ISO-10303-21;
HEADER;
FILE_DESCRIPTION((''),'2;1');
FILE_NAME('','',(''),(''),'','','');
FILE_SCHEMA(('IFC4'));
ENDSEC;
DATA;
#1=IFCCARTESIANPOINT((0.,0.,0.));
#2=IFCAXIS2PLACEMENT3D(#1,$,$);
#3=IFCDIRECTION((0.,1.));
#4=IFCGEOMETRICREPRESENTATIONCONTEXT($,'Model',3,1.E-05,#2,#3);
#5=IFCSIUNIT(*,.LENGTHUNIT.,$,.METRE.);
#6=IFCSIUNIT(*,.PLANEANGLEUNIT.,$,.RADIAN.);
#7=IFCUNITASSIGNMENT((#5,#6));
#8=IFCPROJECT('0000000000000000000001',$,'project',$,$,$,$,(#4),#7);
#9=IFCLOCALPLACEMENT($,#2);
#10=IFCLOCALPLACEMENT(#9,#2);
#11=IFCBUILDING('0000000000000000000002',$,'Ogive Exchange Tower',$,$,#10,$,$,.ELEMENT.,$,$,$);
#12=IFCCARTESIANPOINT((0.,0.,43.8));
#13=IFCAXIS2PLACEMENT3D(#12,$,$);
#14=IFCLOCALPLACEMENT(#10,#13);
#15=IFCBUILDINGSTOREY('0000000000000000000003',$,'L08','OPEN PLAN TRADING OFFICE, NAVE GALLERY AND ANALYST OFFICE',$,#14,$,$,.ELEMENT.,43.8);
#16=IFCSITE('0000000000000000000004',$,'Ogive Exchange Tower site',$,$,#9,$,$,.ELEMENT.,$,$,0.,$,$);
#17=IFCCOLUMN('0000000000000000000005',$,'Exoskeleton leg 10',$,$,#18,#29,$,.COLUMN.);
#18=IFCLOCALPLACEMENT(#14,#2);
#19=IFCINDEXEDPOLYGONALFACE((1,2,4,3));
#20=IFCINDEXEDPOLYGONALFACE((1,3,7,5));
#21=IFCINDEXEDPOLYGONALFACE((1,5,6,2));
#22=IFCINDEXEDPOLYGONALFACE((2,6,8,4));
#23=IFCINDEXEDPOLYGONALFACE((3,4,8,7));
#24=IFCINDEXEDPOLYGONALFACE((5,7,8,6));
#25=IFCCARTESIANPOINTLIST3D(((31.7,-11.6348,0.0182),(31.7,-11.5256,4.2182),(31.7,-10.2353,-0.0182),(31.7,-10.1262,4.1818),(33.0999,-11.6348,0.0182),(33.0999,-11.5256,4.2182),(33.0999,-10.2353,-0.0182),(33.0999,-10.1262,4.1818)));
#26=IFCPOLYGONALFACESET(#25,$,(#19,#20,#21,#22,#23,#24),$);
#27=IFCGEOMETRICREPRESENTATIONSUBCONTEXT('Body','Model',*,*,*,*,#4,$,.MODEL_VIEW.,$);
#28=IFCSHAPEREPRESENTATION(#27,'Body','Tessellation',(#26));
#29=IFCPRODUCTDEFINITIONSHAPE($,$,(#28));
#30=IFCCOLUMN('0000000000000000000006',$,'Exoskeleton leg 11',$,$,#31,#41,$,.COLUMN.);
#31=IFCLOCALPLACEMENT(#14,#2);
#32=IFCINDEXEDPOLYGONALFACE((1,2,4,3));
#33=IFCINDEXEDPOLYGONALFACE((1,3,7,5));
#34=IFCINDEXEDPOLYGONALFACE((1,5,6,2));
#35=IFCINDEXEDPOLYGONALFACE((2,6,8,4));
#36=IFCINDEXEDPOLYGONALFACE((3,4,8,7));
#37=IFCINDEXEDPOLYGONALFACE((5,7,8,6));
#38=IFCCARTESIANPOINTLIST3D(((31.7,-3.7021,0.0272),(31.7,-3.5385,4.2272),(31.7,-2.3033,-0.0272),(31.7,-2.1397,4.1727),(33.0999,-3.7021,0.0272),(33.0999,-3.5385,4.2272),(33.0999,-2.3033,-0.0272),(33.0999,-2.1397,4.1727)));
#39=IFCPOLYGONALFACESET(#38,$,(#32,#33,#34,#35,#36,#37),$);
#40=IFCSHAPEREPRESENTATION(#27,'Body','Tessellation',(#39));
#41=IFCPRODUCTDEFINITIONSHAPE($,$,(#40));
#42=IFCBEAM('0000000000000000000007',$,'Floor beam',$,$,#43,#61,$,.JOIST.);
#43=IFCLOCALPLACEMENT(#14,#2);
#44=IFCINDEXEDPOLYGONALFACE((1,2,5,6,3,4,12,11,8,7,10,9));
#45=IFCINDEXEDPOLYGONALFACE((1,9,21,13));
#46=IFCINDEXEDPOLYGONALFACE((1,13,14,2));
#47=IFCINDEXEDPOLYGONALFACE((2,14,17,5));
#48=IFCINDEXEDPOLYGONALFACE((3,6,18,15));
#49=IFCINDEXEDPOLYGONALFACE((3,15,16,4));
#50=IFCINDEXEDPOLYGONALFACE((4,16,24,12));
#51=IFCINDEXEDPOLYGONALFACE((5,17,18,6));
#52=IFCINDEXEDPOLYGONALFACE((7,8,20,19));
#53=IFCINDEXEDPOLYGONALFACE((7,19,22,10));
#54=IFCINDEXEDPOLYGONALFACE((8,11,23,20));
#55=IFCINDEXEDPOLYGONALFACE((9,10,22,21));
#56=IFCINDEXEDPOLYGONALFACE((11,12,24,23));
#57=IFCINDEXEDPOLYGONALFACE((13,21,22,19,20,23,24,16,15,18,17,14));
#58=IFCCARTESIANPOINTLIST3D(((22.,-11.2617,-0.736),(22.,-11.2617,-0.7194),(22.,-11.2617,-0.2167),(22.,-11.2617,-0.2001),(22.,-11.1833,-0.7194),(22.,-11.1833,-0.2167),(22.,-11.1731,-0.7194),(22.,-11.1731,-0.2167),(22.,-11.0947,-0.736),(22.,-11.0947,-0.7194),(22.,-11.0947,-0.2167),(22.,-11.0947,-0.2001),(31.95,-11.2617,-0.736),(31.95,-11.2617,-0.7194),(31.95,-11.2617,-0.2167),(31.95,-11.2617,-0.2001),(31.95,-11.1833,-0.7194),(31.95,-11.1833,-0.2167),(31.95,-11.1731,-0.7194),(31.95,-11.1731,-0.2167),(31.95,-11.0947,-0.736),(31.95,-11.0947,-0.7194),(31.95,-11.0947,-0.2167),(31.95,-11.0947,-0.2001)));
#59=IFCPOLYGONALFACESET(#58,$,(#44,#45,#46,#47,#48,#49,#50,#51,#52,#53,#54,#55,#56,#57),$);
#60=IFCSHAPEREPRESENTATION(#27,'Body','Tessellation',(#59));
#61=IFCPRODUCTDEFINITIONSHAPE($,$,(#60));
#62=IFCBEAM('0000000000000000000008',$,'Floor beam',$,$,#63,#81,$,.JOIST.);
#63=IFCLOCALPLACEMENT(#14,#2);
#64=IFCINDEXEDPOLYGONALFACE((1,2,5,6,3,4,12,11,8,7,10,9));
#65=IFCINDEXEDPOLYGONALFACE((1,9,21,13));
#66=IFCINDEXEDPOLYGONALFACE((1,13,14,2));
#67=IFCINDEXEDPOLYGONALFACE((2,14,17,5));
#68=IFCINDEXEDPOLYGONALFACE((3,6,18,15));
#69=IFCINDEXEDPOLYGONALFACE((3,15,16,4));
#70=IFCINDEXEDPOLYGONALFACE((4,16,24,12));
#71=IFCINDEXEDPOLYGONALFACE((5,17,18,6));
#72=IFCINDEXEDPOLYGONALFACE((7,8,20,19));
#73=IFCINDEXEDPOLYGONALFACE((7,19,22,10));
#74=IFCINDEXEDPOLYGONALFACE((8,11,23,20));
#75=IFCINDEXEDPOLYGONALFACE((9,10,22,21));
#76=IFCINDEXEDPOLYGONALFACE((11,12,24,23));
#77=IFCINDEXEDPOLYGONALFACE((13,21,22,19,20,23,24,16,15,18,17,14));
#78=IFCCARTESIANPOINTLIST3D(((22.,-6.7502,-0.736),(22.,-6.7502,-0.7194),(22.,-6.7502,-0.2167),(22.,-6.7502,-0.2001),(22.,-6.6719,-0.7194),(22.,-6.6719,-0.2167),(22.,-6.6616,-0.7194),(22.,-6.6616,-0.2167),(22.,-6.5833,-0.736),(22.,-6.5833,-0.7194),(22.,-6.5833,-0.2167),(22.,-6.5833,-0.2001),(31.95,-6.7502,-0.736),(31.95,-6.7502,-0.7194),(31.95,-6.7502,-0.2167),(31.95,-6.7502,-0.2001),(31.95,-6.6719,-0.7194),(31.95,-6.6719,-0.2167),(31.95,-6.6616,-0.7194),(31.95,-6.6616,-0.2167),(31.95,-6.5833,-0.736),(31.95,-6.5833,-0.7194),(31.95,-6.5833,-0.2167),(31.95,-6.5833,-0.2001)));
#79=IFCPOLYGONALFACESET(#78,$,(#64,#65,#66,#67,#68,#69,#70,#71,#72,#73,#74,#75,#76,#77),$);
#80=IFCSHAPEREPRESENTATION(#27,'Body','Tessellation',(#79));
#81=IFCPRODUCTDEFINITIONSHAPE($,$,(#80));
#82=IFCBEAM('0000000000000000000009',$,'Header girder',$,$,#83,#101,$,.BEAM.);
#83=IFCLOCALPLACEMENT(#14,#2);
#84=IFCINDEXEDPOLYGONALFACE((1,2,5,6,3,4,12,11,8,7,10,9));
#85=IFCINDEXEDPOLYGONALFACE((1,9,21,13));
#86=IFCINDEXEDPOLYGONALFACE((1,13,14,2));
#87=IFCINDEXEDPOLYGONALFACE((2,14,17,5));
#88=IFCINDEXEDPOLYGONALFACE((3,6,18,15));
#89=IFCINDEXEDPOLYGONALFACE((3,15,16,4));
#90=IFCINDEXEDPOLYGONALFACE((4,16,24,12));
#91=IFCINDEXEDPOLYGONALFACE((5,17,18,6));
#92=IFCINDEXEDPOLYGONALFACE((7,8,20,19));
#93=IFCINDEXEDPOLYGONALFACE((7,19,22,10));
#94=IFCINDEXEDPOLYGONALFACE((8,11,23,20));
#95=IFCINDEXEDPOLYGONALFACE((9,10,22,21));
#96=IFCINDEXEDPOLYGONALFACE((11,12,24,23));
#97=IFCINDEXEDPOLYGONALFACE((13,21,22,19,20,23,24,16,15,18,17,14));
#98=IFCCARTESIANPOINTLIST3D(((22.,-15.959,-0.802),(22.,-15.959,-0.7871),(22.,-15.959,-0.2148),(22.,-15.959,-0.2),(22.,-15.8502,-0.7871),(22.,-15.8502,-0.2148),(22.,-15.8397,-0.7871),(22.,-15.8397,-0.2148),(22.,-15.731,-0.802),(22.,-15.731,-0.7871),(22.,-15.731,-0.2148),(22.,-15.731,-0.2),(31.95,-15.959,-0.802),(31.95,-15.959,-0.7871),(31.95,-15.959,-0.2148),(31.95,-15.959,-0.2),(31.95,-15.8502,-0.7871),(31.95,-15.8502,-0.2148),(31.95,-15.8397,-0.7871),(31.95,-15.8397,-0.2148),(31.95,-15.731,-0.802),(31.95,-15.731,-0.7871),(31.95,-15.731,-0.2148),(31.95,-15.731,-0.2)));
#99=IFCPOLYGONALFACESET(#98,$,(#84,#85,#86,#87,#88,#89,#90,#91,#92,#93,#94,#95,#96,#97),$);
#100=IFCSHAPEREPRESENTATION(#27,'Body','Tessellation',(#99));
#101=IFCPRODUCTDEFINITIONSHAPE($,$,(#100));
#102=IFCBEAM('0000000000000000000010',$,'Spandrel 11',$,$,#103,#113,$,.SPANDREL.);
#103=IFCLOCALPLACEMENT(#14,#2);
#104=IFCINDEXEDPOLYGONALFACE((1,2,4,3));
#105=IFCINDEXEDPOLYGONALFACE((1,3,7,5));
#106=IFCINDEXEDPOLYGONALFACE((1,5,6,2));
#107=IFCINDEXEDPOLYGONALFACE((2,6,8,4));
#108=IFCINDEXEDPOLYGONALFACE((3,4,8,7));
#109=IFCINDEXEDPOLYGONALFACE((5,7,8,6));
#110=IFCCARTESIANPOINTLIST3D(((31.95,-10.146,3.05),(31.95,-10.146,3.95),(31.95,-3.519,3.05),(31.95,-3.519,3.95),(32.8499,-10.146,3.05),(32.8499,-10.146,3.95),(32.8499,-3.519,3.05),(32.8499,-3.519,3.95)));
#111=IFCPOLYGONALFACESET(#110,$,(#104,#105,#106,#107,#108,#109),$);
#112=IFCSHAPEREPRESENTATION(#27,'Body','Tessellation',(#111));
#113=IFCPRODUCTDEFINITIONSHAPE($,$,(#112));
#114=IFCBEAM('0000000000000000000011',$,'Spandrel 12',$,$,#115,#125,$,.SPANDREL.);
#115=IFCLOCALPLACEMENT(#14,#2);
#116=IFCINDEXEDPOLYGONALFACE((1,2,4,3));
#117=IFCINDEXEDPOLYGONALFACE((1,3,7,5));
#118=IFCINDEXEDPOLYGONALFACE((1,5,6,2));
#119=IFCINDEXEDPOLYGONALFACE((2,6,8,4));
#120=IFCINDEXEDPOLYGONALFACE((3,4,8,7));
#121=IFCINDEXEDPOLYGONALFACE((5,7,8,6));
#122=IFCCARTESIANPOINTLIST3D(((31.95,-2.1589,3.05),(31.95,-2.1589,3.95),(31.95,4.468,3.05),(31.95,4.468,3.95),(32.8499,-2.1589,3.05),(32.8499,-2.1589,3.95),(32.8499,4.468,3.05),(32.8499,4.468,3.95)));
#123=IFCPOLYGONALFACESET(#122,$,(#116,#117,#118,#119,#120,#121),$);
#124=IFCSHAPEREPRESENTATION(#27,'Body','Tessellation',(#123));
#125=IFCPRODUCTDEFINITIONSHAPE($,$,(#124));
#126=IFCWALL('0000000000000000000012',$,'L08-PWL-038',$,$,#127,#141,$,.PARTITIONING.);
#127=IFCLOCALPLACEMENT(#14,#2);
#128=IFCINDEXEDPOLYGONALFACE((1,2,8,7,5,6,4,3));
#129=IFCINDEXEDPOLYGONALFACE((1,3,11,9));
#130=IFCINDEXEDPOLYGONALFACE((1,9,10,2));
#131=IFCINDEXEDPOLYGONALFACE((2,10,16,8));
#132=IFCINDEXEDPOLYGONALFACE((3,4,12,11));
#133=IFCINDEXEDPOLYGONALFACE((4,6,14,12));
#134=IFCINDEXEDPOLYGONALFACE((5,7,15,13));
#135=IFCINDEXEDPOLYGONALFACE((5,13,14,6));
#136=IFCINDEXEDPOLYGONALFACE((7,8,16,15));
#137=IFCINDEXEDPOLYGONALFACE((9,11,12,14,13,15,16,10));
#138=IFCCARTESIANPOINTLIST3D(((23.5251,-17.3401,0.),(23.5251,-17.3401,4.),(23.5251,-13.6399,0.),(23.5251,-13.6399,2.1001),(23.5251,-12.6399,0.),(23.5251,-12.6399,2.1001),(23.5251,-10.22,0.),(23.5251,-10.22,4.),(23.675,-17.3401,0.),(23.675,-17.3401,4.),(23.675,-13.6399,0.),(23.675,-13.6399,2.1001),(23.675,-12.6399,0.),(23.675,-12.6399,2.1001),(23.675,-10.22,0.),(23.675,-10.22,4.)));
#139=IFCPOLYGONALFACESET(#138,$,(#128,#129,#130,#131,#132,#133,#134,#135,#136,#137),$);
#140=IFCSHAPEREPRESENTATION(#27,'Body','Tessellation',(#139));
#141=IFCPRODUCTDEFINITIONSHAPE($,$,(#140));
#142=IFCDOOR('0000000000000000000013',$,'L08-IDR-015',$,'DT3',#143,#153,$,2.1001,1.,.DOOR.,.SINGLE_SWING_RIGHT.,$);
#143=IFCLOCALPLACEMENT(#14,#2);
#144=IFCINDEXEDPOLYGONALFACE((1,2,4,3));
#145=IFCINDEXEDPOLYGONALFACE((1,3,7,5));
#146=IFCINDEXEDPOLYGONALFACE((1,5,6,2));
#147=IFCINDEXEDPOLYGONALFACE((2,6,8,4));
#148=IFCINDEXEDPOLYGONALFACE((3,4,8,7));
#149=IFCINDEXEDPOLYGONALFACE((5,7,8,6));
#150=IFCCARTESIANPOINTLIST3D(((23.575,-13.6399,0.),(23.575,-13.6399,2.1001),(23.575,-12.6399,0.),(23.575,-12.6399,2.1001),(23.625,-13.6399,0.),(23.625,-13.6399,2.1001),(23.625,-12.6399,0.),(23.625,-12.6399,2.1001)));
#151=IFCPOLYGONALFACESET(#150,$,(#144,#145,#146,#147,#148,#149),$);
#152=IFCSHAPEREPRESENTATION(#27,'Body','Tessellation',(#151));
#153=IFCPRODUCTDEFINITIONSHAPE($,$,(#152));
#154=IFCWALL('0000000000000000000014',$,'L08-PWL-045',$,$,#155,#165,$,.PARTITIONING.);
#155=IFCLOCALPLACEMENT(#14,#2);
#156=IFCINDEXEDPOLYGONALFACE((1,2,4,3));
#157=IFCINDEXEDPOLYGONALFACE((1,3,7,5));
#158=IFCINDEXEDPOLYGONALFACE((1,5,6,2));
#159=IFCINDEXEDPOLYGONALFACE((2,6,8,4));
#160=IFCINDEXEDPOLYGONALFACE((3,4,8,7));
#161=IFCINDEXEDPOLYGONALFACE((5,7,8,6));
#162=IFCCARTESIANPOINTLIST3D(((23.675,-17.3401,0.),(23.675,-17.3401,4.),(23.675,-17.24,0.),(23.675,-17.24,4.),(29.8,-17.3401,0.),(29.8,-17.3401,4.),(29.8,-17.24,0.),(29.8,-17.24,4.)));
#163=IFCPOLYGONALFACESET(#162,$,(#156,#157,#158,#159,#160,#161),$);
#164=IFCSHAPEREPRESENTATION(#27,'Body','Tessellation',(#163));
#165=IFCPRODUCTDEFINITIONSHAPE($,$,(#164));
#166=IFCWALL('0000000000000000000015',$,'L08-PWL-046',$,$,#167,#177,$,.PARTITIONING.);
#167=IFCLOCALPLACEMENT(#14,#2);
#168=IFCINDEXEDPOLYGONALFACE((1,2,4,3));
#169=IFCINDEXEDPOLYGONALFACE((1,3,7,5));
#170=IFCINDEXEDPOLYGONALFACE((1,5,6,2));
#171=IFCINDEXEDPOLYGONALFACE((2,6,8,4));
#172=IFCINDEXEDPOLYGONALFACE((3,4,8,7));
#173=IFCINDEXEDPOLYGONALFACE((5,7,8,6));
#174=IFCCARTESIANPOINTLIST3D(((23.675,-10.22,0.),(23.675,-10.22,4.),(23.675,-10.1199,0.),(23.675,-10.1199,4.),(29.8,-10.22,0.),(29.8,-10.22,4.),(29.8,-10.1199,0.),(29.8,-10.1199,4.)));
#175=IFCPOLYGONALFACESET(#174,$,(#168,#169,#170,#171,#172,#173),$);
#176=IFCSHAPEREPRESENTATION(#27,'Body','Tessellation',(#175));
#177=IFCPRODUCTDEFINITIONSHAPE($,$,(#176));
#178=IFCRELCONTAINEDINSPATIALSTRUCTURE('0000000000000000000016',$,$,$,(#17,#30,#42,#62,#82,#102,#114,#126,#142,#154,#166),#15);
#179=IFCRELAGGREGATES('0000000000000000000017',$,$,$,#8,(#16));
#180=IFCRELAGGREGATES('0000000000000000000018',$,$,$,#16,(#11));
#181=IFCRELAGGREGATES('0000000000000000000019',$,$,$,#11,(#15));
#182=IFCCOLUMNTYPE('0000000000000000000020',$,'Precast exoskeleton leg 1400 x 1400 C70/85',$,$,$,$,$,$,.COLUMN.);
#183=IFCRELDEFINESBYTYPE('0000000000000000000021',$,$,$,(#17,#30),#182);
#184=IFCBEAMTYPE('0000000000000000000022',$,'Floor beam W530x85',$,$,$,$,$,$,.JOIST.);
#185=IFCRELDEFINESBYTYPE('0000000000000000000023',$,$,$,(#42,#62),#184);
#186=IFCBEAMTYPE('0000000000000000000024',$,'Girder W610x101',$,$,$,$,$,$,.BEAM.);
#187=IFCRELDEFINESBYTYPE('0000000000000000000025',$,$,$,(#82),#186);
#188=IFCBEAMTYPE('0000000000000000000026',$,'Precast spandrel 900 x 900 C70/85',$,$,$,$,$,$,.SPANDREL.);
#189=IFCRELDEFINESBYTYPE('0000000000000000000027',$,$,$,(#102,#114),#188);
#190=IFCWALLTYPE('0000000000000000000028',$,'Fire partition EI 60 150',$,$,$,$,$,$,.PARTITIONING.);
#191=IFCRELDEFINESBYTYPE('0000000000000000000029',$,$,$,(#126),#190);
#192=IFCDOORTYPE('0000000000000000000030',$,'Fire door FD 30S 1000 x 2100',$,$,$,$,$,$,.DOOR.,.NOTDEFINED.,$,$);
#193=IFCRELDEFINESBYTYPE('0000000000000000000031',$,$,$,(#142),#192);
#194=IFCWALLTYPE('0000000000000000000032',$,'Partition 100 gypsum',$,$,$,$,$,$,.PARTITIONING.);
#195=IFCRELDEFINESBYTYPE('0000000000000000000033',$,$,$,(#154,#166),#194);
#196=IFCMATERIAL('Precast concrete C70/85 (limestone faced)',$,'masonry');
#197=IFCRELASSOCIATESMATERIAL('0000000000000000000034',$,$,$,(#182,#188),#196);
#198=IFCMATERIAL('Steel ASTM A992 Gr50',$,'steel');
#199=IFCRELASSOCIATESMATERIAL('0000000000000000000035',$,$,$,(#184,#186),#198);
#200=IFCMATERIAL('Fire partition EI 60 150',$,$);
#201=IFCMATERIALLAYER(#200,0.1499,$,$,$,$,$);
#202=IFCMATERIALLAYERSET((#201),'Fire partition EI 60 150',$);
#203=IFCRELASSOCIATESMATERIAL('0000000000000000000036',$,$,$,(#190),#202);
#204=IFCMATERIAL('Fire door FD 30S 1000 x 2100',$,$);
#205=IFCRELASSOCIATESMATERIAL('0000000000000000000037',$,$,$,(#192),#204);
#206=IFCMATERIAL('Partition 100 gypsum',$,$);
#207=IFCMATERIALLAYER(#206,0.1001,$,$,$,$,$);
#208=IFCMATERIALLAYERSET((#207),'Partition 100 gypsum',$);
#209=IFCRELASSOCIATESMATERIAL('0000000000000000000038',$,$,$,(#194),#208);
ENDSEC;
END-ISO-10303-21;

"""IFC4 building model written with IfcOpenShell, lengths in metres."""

from ifc_helpers import new_model, si_unit, direction, frame, frame_2d, origin, origin_2d, place, context, subcontext, project, spatial, rectangle, i_section, extrude, material, layer, layer_set, material_profile, profile_set, type_object, element, fill, save


model = new_model("IFC4")

# Units and contexts
model_context = context("Model", 3, precision=1e-05, world=origin(), true_north=direction((0.0, 1.0)))
body_context = subcontext(model_context, "Body", "Model", "MODEL_VIEW")
ifc_project = project(units=[si_unit("LENGTHUNIT", "METRE"), si_unit("PLANEANGLEUNIT", "RADIAN")], contexts=[model_context])

# Site, building, storey
site_placement = place(None, origin())
site = spatial("IfcSite", under=ifc_project, at=site_placement, Name="Ogive Exchange Tower site", CompositionType="ELEMENT", RefElevation=0.0)
building_placement = place(site_placement, origin())
building = spatial("IfcBuilding", under=site, at=building_placement, Name="Ogive Exchange Tower", CompositionType="ELEMENT")
storey_placement = place(building_placement, frame((0.0, 0.0, 43.8)))
storey = spatial("IfcBuildingStorey", under=building, at=storey_placement, Name="L08", Description="OPEN PLAN TRADING OFFICE, NAVE GALLERY AND ANALYST OFFICE", CompositionType="ELEMENT", Elevation=43.8)

# Columns
ifc_material_1 = material(Name="Precast concrete C70/85 (limestone faced)", Category="masonry")
ifc_material_profile_1 = material_profile(ifc_material_1, rectangle(XDim=1.3999, YDim=1.3999, at=origin_2d()), Name="1400 x 1400")
ifc_profile_set_1 = profile_set([ifc_material_profile_1], Name="Precast concrete C70/85 (limestone faced)")
column_type = type_object("IfcColumnType", Name="Precast exoskeleton leg 1400 x 1400 C70/85", PredefinedType="COLUMN", material=ifc_profile_set_1)
column_1_placement = place(storey_placement, frame((32.3999, -10.9351, 0.0), z_axis=(0.0, 0.025975, 0.999663), x_axis=(-1.0, 0.0, 0.0)))
element("IfcColumn", 1, at=column_1_placement, inside=storey, type_object=column_type, Name="Exoskeleton leg 10", PredefinedType="COLUMN", context=body_context, shape_type="SweptSolid", body=[
    extrude(rectangle(XDim=1.3999, YDim=1.3999, at=origin_2d()), origin(), (0.0, 0.0, 1.0), 4.2014),
])
column_2_placement = place(storey_placement, frame((32.3999, -3.0027, 0.0), z_axis=(0.0, 0.038917, 0.999242), x_axis=(-1.0, 0.0, 0.0)))
element("IfcColumn", 2, at=column_2_placement, inside=storey, type_object=column_type, Name="Exoskeleton leg 11", PredefinedType="COLUMN", context=body_context, shape_type="SweptSolid", body=[
    extrude(rectangle(XDim=1.3999, YDim=1.3999, at=origin_2d()), origin(), (0.0, 0.0, 1.0), 4.2031),
])

# Beams
ifc_material_2 = material(Name="Steel ASTM A992 Gr50", Category="steel")
ifc_material_profile_2 = material_profile(ifc_material_2, i_section(OverallWidth=0.167, OverallDepth=0.5359, WebThickness=0.0103, FlangeThickness=0.0166, at=origin_2d()), Name="W530x85")
ifc_profile_set_2 = profile_set([ifc_material_profile_2], Name="Steel ASTM A992 Gr50")
beam_type_1 = type_object("IfcBeamType", Name="Floor beam W530x85", PredefinedType="JOIST", material=ifc_profile_set_2)
for number, where, z_axis, x_axis, name in (
    (3, (22.0, -11.1782, -0.468), (1.0, 0.0, 0.0), (0.0, 1.0, 0.0), "Floor beam"),
    (4, (22.0, -6.6667, -0.468), (1.0, 0.0, 0.0), (0.0, 1.0, 0.0), "Floor beam"),
):
    element("IfcBeam", number, at=place(storey_placement, frame(where, z_axis=z_axis, x_axis=x_axis)), inside=storey, type_object=beam_type_1, Name=name, PredefinedType="JOIST", context=body_context, shape_type="SweptSolid", body=[
        extrude(i_section(OverallWidth=0.167, OverallDepth=0.5359, WebThickness=0.0103, FlangeThickness=0.0166, at=origin_2d()), origin(), (0.0, 0.0, 1.0), 9.95),
    ])
ifc_material_profile_3 = material_profile(ifc_material_2, i_section(OverallWidth=0.228, OverallDepth=0.6021, WebThickness=0.0105, FlangeThickness=0.0149, at=origin_2d()), Name="W610x101")
ifc_profile_set_3 = profile_set([ifc_material_profile_3], Name="Steel ASTM A992 Gr50")
beam_type_2 = type_object("IfcBeamType", Name="Girder W610x101", PredefinedType="BEAM", material=ifc_profile_set_3)
beam_placement = place(storey_placement, frame((22.0, -15.845, -0.501), z_axis=(1.0, 0.0, 0.0), x_axis=(0.0, 1.0, 0.0)))
element("IfcBeam", 5, at=beam_placement, inside=storey, type_object=beam_type_2, Name="Header girder", PredefinedType="BEAM", context=body_context, shape_type="SweptSolid", body=[
    extrude(i_section(OverallWidth=0.228, OverallDepth=0.6021, WebThickness=0.0105, FlangeThickness=0.0149, at=origin_2d()), origin(), (0.0, 0.0, 1.0), 9.95),
])
ifc_material_profile_4 = material_profile(ifc_material_1, rectangle(XDim=0.8999, YDim=0.8999, at=origin_2d()), Name="900 x 900")
ifc_profile_set_4 = profile_set([ifc_material_profile_4], Name="Precast concrete C70/85 (limestone faced)")
beam_type_3 = type_object("IfcBeamType", Name="Precast spandrel 900 x 900 C70/85", PredefinedType="SPANDREL", material=ifc_profile_set_4)
for number, where, z_axis, x_axis, name in (
    (6, (32.3999, -10.146, 3.5), (0.0, 1.0, 0.0), (-1.0, 0.0, 0.0), "Spandrel 11"),
    (7, (32.3999, -2.1589, 3.5), (0.0, 1.0, 0.0), (-1.0, 0.0, 0.0), "Spandrel 12"),
):
    element("IfcBeam", number, at=place(storey_placement, frame(where, z_axis=z_axis, x_axis=x_axis)), inside=storey, type_object=beam_type_3, Name=name, PredefinedType="SPANDREL", context=body_context, shape_type="SweptSolid", body=[
        extrude(rectangle(XDim=0.8999, YDim=0.8999, at=origin_2d()), origin(), (0.0, 0.0, 1.0), 6.627),
    ])

# Wall, opening, door
ifc_material_3 = material(Name="Fire partition EI 60 150")
ifc_layer_1 = layer(ifc_material_3, 0.1499)
ifc_layer_set_1 = layer_set([ifc_layer_1], Name="Fire partition EI 60 150")
wall_type_1 = type_object("IfcWallType", Name="Fire partition EI 60 150", PredefinedType="PARTITIONING", material=ifc_layer_set_1)
wall_1_placement = place(storey_placement, frame((23.6001, -10.22, 0.0), z_axis=(0.0, 0.0, 1.0), x_axis=(0.0, -1.0, 0.0)))
wall_1 = element("IfcWall", 8, at=wall_1_placement, inside=storey, type_object=wall_type_1, Name="L08-PWL-038", PredefinedType="PARTITIONING", context=body_context, shape_type="SweptSolid", body=[
    extrude(rectangle(XDim=7.1201, YDim=0.1499, at=frame_2d((3.5601, 0.0))), origin(), (0.0, 0.0, 1.0), 4.0),
])
opening_1_placement = place(wall_1_placement, frame((2.4199, 0.0, 0.0)))
opening_1 = element("IfcOpeningElement", 9, at=opening_1_placement, cuts=wall_1, PredefinedType="OPENING", context=body_context, shape_type="SweptSolid", body=[
    extrude(rectangle(XDim=1.0, YDim=2.1001, at=frame_2d((0.5, 1.05))), frame((0.0, 0.085, 0.0), z_axis=(0.0, -1.0, 0.0), x_axis=(1.0, 0.0, 0.0)), (0.0, 0.0, 1.0), 0.1699),
])
ifc_material_4 = material(Name="Fire door FD 30S 1000 x 2100")
door_type_1 = type_object("IfcDoorType", Name="Fire door FD 30S 1000 x 2100", OperationType="NOTDEFINED", PredefinedType="DOOR", material=ifc_material_4)
door_1_placement = place(opening_1_placement, origin())
door_1 = element("IfcDoor", 10, at=door_1_placement, inside=storey, type_object=door_type_1, Name="L08-IDR-015", ObjectType="DT3", OperationType="SINGLE_SWING_RIGHT", OverallHeight=2.1001, OverallWidth=1.0, PredefinedType="DOOR", context=body_context, shape_type="SweptSolid", body=[
    extrude(rectangle(XDim=1.0, YDim=2.1001, at=frame_2d((0.5, 1.05))), frame((0.0, 0.0249, 0.0), z_axis=(0.0, -1.0, 0.0), x_axis=(1.0, 0.0, 0.0)), (0.0, 0.0, 1.0), 0.05),
])
fill(opening_1, door_1)

# Walls
ifc_material_5 = material(Name="Partition 100 gypsum")
ifc_layer_2 = layer(ifc_material_5, 0.1001)
ifc_layer_set_2 = layer_set([ifc_layer_2], Name="Partition 100 gypsum")
wall_type_2 = type_object("IfcWallType", Name="Partition 100 gypsum", PredefinedType="PARTITIONING", material=ifc_layer_set_2)
for number, where, z_axis, x_axis, name in (
    (11, (29.8, -17.29, 0.0), (0.0, 0.0, 1.0), (-1.0, 0.0, 0.0), "L08-PWL-045"),
    (12, (29.8, -10.1699, 0.0), (0.0, 0.0, 1.0), (-1.0, 0.0, 0.0), "L08-PWL-046"),
):
    element("IfcWall", number, at=place(storey_placement, frame(where, z_axis=z_axis, x_axis=x_axis)), inside=storey, type_object=wall_type_2, Name=name, PredefinedType="PARTITIONING", context=body_context, shape_type="SweptSolid", body=[
        extrude(rectangle(XDim=6.125, YDim=0.1001, at=frame_2d((3.0625, 0.0))), origin(), (0.0, 0.0, 1.0), 4.0),
    ])

save(model, "model.ifc")
